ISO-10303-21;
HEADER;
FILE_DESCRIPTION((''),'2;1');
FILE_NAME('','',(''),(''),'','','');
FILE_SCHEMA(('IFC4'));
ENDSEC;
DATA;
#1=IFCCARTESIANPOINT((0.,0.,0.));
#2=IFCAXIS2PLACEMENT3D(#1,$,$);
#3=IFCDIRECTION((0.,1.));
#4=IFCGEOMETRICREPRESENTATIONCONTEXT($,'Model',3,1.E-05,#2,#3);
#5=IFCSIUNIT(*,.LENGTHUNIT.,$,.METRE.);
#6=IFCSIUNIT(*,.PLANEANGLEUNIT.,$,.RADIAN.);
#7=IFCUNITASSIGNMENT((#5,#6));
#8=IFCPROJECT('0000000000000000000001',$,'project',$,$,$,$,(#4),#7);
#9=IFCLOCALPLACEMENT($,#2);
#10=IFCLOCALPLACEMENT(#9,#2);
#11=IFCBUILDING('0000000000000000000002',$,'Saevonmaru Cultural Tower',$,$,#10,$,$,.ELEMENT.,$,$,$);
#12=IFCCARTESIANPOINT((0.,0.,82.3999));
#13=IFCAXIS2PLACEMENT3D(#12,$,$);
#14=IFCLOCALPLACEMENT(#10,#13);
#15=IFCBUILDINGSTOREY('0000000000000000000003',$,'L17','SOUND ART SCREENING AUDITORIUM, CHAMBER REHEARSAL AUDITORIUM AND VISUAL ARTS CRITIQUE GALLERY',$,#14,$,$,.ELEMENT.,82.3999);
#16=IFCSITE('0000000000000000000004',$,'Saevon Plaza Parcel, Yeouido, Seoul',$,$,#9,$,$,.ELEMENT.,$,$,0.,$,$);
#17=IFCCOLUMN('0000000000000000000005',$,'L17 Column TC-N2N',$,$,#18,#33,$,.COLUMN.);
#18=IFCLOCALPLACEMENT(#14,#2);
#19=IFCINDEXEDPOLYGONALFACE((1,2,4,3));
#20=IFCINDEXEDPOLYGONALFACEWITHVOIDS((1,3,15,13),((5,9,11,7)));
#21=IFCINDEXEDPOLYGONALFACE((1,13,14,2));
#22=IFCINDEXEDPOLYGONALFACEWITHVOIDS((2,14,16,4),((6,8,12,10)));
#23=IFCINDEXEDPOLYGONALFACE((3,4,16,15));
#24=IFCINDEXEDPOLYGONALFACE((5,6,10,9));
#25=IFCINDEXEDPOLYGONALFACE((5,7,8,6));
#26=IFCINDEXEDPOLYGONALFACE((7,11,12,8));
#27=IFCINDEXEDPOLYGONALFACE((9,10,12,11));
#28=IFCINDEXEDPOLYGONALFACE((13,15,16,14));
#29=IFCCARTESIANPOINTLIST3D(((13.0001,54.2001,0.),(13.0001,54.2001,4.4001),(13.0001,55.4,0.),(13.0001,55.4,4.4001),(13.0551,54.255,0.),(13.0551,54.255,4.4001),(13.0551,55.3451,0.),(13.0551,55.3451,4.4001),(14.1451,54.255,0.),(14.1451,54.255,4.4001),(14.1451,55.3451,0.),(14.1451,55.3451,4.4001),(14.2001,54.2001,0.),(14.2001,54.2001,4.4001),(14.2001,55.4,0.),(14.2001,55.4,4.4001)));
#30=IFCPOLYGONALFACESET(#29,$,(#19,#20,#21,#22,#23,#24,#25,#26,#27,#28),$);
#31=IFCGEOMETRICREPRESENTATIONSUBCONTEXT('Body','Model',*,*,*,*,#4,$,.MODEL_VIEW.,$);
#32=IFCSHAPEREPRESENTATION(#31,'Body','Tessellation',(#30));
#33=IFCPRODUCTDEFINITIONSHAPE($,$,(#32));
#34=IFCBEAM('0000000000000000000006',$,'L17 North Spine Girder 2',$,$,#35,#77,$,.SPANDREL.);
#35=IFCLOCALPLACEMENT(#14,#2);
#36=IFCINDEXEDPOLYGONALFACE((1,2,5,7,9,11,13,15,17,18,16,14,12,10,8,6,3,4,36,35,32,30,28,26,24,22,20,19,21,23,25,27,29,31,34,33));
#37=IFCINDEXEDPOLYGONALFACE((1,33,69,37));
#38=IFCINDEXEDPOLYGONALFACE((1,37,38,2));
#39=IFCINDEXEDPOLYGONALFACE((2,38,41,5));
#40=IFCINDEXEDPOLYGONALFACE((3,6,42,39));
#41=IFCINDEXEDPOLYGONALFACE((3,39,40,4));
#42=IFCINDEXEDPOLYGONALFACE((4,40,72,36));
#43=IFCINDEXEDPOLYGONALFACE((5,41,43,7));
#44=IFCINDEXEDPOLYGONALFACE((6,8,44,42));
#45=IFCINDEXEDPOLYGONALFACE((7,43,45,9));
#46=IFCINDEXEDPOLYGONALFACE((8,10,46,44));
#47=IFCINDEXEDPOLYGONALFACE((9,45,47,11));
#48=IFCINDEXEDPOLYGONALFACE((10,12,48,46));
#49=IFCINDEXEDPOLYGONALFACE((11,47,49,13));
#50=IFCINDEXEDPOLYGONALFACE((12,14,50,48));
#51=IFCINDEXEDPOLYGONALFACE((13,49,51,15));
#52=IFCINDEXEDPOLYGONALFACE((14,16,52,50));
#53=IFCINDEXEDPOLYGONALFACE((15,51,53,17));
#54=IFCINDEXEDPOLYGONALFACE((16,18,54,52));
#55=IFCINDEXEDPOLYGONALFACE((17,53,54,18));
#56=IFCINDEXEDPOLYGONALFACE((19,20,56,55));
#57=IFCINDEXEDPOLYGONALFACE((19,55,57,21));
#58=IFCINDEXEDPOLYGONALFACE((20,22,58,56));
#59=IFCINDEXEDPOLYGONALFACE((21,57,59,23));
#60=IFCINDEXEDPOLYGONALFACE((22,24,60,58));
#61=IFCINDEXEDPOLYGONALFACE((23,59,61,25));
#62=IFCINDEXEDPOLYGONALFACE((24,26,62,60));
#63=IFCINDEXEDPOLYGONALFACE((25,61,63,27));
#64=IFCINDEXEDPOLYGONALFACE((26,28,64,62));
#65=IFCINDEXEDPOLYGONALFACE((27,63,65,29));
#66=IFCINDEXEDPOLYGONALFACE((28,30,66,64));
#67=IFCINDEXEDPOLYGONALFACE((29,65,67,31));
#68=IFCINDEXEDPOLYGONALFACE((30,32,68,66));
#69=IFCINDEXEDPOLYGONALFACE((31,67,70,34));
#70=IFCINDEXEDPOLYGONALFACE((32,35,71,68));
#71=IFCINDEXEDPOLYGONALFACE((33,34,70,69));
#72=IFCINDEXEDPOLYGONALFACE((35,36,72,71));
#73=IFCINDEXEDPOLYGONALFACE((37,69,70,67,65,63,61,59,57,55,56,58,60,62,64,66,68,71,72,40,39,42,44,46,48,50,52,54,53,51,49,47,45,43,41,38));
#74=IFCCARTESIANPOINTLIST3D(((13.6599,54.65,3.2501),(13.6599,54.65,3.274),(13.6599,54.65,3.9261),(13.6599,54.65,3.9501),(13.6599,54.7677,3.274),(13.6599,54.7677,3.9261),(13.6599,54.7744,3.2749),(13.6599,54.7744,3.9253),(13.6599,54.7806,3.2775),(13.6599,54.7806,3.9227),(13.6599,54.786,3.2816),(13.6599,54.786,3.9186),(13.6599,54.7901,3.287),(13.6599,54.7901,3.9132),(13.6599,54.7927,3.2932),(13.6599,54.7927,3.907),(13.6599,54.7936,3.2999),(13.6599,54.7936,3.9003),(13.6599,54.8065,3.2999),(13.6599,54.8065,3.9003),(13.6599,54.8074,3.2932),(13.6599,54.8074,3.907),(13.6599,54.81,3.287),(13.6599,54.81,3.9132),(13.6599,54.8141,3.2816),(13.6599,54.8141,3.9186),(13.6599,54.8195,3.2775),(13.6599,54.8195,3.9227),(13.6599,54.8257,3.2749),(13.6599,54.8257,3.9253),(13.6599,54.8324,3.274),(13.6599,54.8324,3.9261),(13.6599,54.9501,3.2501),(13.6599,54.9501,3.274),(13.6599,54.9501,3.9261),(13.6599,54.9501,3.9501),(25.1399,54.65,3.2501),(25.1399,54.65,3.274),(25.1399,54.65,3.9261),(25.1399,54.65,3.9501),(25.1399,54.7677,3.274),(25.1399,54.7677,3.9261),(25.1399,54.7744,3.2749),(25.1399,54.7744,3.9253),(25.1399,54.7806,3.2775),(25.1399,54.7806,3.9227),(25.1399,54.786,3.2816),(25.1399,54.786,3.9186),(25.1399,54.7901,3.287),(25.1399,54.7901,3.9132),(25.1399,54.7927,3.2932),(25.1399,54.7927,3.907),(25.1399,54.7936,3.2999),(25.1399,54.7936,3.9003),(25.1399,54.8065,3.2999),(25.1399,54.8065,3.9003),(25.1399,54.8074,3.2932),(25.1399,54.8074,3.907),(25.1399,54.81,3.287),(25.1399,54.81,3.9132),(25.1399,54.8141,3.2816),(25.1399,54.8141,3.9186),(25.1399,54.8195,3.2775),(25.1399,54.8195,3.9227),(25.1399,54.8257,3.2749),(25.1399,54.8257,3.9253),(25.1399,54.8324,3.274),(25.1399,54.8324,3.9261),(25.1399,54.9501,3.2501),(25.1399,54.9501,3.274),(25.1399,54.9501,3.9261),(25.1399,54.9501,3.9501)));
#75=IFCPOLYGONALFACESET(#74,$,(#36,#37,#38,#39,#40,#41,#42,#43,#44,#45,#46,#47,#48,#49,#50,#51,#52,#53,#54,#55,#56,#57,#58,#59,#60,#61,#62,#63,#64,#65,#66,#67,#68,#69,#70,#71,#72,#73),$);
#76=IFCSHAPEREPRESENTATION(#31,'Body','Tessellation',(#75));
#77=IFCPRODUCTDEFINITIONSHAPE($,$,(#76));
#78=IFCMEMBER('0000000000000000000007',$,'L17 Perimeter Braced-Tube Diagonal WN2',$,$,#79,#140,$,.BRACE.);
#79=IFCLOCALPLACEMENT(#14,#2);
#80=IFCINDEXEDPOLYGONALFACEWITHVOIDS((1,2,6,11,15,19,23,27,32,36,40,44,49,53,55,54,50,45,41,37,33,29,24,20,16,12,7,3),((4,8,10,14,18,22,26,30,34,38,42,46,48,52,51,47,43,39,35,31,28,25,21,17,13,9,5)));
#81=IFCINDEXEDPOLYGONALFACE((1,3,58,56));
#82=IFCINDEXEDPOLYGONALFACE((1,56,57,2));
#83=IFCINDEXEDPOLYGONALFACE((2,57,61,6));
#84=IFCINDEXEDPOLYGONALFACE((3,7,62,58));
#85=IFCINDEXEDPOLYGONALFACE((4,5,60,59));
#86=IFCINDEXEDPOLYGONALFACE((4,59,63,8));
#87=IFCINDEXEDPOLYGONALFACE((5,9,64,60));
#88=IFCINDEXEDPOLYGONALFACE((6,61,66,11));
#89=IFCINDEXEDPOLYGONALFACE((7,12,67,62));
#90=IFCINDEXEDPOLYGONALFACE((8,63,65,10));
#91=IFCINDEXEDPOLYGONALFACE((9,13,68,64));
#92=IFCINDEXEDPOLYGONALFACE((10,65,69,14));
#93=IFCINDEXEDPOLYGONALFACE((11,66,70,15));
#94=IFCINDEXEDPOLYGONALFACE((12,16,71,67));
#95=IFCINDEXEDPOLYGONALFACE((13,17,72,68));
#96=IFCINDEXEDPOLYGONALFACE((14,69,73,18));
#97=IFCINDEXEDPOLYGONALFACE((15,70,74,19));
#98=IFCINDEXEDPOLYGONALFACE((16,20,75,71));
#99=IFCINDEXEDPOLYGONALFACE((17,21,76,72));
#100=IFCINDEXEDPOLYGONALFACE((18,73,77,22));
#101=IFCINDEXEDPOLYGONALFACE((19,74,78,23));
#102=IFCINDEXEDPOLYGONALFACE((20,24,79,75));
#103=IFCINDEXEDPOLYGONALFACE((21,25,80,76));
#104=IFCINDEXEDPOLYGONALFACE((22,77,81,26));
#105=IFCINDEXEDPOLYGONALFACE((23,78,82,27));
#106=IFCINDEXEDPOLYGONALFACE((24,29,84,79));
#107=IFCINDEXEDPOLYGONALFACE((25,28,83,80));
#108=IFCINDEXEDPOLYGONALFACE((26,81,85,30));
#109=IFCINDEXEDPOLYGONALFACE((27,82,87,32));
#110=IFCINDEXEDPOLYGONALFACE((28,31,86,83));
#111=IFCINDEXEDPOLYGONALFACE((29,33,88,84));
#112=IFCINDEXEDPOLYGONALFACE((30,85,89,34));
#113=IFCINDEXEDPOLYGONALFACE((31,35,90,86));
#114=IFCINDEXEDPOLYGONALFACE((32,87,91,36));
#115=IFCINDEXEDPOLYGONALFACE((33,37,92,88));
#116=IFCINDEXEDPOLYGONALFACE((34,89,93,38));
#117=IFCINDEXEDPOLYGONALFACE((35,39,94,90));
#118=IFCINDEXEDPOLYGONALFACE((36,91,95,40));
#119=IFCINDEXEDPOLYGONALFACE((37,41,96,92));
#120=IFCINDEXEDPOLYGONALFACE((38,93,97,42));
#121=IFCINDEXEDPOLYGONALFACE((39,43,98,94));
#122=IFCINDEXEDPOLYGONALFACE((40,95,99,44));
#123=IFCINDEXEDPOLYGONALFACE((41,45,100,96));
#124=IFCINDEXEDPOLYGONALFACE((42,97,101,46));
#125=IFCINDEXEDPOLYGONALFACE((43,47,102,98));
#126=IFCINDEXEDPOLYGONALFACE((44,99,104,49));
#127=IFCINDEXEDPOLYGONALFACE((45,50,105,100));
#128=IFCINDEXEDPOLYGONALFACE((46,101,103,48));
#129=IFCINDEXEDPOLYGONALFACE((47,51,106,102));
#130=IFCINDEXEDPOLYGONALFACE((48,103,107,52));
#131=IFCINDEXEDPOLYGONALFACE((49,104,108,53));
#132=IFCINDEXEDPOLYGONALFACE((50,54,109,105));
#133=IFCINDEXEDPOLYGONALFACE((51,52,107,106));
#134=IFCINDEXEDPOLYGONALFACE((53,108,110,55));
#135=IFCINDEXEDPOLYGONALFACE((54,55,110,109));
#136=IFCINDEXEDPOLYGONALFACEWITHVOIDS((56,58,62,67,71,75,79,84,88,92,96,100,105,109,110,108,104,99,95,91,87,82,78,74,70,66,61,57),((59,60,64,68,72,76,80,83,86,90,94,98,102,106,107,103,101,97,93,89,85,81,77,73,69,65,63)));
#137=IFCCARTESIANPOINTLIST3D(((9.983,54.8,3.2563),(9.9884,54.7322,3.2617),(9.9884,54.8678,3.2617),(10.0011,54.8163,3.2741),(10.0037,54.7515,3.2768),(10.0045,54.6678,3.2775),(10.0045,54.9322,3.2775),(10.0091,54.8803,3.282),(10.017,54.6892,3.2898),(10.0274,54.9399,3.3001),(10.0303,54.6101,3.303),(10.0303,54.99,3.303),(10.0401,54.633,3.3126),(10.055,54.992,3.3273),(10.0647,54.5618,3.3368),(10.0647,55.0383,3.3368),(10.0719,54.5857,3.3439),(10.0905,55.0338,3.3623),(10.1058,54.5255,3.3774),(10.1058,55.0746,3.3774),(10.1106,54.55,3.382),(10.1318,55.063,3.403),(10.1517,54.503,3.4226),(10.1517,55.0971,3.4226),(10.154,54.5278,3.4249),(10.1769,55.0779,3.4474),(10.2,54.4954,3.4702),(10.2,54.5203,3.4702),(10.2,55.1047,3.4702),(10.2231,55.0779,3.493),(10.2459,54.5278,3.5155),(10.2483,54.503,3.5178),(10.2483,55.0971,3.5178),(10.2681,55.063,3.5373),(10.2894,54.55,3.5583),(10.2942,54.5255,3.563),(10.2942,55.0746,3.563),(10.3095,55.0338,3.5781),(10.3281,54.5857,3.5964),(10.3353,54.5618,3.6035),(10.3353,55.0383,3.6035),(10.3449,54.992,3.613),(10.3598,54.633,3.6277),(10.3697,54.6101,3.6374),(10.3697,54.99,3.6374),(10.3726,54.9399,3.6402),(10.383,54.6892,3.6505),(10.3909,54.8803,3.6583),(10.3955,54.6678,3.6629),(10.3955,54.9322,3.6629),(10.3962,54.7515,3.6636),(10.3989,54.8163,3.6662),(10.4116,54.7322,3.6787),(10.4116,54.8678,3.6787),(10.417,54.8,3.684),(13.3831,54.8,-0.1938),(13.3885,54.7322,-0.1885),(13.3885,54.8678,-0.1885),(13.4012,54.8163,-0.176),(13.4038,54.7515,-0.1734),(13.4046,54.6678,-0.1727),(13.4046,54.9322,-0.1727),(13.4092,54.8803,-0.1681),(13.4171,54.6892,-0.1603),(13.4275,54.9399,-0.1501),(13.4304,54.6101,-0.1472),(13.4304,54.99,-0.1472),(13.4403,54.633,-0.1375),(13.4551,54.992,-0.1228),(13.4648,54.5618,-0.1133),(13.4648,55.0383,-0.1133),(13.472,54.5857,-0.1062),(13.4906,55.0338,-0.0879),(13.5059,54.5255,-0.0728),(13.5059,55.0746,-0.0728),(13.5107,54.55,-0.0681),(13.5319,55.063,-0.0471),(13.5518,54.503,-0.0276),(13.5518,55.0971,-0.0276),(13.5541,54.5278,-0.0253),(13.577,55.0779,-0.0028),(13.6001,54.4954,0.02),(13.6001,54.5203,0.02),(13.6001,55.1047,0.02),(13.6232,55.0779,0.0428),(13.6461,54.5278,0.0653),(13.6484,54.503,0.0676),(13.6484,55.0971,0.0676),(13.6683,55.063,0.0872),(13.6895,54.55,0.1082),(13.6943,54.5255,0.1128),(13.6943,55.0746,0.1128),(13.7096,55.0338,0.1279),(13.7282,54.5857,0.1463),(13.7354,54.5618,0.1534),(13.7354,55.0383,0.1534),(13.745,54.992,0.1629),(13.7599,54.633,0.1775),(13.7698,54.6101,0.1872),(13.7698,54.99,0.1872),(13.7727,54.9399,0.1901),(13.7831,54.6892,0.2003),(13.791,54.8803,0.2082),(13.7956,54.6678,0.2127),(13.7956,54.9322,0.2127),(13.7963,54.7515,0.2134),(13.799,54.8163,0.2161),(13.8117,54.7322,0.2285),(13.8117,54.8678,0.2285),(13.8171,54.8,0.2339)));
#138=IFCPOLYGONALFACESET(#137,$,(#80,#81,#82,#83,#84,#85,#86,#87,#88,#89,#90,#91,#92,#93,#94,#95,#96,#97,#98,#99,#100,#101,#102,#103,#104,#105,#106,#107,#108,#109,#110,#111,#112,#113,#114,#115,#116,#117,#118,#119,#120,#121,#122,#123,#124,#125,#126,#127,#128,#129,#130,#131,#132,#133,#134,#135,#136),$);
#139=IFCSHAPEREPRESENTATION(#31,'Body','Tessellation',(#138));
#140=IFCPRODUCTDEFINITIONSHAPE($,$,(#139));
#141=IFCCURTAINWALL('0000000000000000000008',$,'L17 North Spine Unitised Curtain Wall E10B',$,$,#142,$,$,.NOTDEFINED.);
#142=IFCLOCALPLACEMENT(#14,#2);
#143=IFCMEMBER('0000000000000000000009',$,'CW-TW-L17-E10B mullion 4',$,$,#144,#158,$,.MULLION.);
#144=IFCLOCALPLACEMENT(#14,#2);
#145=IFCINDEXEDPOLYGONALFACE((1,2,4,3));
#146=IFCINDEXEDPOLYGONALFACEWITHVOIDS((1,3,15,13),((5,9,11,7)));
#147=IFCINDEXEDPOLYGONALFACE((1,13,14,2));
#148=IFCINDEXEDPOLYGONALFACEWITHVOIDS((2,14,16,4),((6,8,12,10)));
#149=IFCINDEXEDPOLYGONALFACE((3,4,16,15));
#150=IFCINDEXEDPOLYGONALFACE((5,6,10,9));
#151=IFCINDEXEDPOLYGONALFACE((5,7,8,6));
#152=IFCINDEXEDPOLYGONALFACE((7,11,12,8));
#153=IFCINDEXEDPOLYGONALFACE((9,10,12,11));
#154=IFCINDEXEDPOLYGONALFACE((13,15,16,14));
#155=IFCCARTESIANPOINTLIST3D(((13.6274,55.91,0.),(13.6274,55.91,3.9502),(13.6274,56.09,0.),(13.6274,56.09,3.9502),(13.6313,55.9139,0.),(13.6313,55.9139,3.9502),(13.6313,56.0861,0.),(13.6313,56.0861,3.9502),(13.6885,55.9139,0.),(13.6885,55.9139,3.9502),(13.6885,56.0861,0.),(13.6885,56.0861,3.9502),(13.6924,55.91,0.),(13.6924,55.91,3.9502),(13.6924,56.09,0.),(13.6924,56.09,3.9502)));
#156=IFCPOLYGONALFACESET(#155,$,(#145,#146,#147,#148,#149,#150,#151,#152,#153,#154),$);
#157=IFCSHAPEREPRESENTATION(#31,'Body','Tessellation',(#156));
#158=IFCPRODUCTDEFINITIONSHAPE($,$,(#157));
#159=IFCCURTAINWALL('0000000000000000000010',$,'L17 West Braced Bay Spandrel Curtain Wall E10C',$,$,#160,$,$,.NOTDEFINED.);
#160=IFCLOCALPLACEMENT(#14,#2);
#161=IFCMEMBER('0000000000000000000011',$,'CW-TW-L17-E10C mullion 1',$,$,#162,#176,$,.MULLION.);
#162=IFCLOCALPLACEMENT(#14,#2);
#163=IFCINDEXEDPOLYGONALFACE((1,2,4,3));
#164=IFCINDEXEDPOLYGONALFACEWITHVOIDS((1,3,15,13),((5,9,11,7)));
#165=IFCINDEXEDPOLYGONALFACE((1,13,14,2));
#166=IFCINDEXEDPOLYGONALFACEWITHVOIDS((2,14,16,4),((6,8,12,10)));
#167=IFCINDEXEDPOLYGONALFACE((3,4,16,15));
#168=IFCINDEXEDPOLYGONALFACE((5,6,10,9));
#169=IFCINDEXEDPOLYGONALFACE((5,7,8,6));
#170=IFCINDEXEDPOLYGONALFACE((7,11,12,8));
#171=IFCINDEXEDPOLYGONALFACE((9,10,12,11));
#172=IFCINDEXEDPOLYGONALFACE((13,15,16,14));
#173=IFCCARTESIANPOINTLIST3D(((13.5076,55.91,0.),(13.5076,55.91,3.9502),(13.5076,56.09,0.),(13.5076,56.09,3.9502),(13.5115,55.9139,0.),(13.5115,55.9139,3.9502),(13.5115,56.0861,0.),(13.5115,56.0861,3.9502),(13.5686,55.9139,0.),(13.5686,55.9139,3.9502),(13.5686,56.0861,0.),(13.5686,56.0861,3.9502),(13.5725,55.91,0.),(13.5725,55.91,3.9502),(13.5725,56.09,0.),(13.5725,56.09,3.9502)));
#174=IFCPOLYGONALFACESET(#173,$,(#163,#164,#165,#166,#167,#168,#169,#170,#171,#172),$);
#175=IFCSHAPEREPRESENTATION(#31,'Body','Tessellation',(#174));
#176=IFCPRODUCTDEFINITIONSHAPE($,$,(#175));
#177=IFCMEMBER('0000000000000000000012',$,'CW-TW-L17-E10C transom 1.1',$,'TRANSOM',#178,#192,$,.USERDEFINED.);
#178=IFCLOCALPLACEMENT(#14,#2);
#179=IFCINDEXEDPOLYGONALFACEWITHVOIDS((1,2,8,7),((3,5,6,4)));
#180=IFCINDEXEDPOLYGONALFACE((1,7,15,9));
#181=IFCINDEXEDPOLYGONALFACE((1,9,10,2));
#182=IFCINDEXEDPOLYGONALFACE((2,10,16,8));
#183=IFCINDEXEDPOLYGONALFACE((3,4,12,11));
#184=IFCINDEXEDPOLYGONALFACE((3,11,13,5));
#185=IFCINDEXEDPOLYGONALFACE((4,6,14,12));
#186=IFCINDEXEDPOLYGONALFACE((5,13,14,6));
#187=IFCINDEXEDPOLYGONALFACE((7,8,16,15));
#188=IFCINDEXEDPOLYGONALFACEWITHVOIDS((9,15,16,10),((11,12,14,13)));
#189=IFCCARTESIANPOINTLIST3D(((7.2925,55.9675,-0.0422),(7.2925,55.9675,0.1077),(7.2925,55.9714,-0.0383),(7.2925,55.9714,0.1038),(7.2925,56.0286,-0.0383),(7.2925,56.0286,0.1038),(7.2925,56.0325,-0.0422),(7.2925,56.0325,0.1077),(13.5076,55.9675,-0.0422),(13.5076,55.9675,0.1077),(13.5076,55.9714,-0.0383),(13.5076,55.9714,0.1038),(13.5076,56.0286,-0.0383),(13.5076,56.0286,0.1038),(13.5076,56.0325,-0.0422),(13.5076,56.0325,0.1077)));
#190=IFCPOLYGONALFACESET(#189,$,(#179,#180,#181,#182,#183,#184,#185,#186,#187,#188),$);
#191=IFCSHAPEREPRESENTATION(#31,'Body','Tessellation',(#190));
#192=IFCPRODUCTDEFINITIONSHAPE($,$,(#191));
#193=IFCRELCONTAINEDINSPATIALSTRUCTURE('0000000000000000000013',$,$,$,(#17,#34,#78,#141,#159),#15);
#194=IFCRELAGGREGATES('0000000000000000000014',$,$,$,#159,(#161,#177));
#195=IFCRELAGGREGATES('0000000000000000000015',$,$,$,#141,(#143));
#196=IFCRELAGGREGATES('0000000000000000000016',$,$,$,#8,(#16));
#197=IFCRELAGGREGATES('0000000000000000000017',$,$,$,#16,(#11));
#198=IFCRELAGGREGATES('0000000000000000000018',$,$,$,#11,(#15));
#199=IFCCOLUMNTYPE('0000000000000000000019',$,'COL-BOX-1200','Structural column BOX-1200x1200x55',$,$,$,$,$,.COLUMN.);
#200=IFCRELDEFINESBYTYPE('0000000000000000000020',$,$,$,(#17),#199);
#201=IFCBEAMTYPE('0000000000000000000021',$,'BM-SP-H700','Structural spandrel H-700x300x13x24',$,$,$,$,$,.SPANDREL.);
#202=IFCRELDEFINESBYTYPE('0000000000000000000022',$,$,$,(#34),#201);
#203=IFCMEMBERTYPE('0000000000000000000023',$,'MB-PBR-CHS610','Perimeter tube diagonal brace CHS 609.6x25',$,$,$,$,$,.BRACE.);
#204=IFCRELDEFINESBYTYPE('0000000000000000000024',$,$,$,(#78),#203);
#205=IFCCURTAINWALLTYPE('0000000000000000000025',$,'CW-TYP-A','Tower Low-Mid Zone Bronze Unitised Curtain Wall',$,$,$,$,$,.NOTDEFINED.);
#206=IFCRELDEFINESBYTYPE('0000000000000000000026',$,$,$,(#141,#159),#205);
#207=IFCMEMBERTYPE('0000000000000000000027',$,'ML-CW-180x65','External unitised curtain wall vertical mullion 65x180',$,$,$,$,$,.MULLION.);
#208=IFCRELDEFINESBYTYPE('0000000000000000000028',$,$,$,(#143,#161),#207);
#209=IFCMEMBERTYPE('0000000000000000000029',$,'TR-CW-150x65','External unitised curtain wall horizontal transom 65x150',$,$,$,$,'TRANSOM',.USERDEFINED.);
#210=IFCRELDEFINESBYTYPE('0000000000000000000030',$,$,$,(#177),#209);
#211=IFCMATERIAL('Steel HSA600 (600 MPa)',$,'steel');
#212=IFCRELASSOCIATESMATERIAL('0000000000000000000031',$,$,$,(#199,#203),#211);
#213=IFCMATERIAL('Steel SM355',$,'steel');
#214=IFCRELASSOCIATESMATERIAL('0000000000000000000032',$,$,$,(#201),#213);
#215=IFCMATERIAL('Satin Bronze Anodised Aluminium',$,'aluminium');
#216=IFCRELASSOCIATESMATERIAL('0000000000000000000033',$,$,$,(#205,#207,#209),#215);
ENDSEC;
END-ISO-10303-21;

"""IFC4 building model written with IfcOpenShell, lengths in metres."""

from ifc_helpers import new_model, si_unit, direction, frame, origin, origin_2d, place, context, subcontext, project, spatial, hollow_rectangle, hollow_circle, i_section, extrude, material, material_profile, profile_set, type_object, element, aggregate, save


model = new_model("IFC4")

# Units and contexts
model_context = context("Model", 3, precision=1e-05, world=origin(), true_north=direction((0.0, 1.0)))
body_context = subcontext(model_context, "Body", "Model", "MODEL_VIEW")
ifc_project = project(units=[si_unit("LENGTHUNIT", "METRE"), si_unit("PLANEANGLEUNIT", "RADIAN")], contexts=[model_context])

# Site, building, storey
site_placement = place(None, origin())
site = spatial("IfcSite", under=ifc_project, at=site_placement, Name="Saevon Plaza Parcel, Yeouido, Seoul", CompositionType="ELEMENT", RefElevation=0.0)
building_placement = place(site_placement, origin())
building = spatial("IfcBuilding", under=site, at=building_placement, Name="Saevonmaru Cultural Tower", CompositionType="ELEMENT")
storey_placement = place(building_placement, frame((0.0, 0.0, 82.3999)))
storey = spatial("IfcBuildingStorey", under=building, at=storey_placement, Name="L17", Description="SOUND ART SCREENING AUDITORIUM, CHAMBER REHEARSAL AUDITORIUM AND VISUAL ARTS CRITIQUE GALLERY", CompositionType="ELEMENT", Elevation=82.3999)

# Column
ifc_material_1 = material(Name="Steel HSA600 (600 MPa)", Category="steel")
ifc_material_profile_1 = material_profile(ifc_material_1, hollow_rectangle(XDim=1.2, YDim=1.2, WallThickness=0.0549, at=origin_2d()), Name="BOX-1200x1200x55")
ifc_profile_set_1 = profile_set([ifc_material_profile_1], Name="Steel HSA600 (600 MPa)")
column_type = type_object("IfcColumnType", Name="COL-BOX-1200", Description="Structural column BOX-1200x1200x55", PredefinedType="COLUMN", material=ifc_profile_set_1)
column_placement = place(storey_placement, frame((13.6001, 54.8, 0.0), z_axis=(0.0, 0.0, 1.0), x_axis=(1.0, 0.0, 0.0)))
element("IfcColumn", 1, at=column_placement, inside=storey, type_object=column_type, Name="L17 Column TC-N2N", PredefinedType="COLUMN", context=body_context, shape_type="SweptSolid", body=[
    extrude(hollow_rectangle(XDim=1.2, YDim=1.2, WallThickness=0.0549, at=origin_2d()), origin(), (0.0, 0.0, 1.0), 4.4001),
])

# Beam
ifc_material_2 = material(Name="Steel SM355", Category="steel")
ifc_material_profile_2 = material_profile(ifc_material_2, i_section(OverallWidth=0.3, OverallDepth=0.7, WebThickness=0.0129, FlangeThickness=0.0239, FilletRadius=0.0259, at=origin_2d()), Name="H-700x300x13x24")
ifc_profile_set_2 = profile_set([ifc_material_profile_2], Name="Steel SM355")
beam_type = type_object("IfcBeamType", Name="BM-SP-H700", Description="Structural spandrel H-700x300x13x24", PredefinedType="SPANDREL", material=ifc_profile_set_2)
beam_placement = place(storey_placement, frame((13.6599, 54.8, 3.6001), z_axis=(1.0, 0.0, 0.0), x_axis=(0.0, 1.0, 0.0)))
element("IfcBeam", 2, at=beam_placement, inside=storey, type_object=beam_type, Name="L17 North Spine Girder 2", PredefinedType="SPANDREL", context=body_context, shape_type="SweptSolid", body=[
    extrude(i_section(OverallWidth=0.3, OverallDepth=0.7, WebThickness=0.0129, FlangeThickness=0.0239, FilletRadius=0.0259, at=origin_2d()), origin(), (0.0, 0.0, 1.0), 11.48),
])

# Member
ifc_material_profile_3 = material_profile(ifc_material_1, hollow_circle(Radius=0.3047, WallThickness=0.0249, at=origin_2d()), Name="CHS-609.6x25")
ifc_profile_set_3 = profile_set([ifc_material_profile_3], Name="Steel HSA600 (600 MPa)")
member_type_1 = type_object("IfcMemberType", Name="MB-PBR-CHS610", Description="Perimeter tube diagonal brace CHS 609.6x25", PredefinedType="BRACE", material=ifc_profile_set_3)
member_1_placement = place(storey_placement, frame((13.6001, 54.8, 0.02), z_axis=(-0.701922, 0.0, 0.712254), x_axis=(0.0, -1.0, 0.0)))
element("IfcMember", 3, at=member_1_placement, inside=storey, type_object=member_type_1, Name="L17 Perimeter Braced-Tube Diagonal WN2", PredefinedType="BRACE", context=body_context, shape_type="SweptSolid", body=[
    extrude(hollow_circle(Radius=0.3047, WallThickness=0.0249, at=origin_2d()), origin(), (0.0, 0.0, 1.0), 4.844),
])

# Curtain wall, member
ifc_material_3 = material(Name="Satin Bronze Anodised Aluminium", Category="aluminium")
curtain_wall_type = type_object("IfcCurtainWallType", Name="CW-TYP-A", Description="Tower Low-Mid Zone Bronze Unitised Curtain Wall", PredefinedType="NOTDEFINED", material=ifc_material_3)
curtain_wall_1_placement = place(storey_placement, origin())
curtain_wall_1 = element("IfcCurtainWall", 4, at=curtain_wall_1_placement, inside=storey, type_object=curtain_wall_type, Name="L17 North Spine Unitised Curtain Wall E10B", PredefinedType="NOTDEFINED")
ifc_material_profile_4 = material_profile(ifc_material_3, hollow_rectangle(XDim=0.0649, YDim=0.1799, WallThickness=0.0039, at=origin_2d()), Name="ALU-MULL-180x65x4")
ifc_profile_set_4 = profile_set([ifc_material_profile_4], Name="Satin Bronze Anodised Aluminium")
member_type_2 = type_object("IfcMemberType", Name="ML-CW-180x65", Description="External unitised curtain wall vertical mullion 65x180", PredefinedType="MULLION", material=ifc_profile_set_4)
member_2_placement = place(storey_placement, frame((13.6599, 56.0, 0.0), z_axis=(0.0, 0.0, 1.0), x_axis=(-1.0, 0.0, 0.0)))
member_2 = element("IfcMember", 5, at=member_2_placement, type_object=member_type_2, Name="CW-TW-L17-E10B mullion 4", PredefinedType="MULLION", context=body_context, shape_type="SweptSolid", body=[
    extrude(hollow_rectangle(XDim=0.0649, YDim=0.1799, WallThickness=0.0039, at=origin_2d()), origin(), (0.0, 0.0, 1.0), 3.9502),
])

# Curtain wall, members
curtain_wall_2_placement = place(storey_placement, origin())
curtain_wall_2 = element("IfcCurtainWall", 6, at=curtain_wall_2_placement, inside=storey, type_object=curtain_wall_type, Name="L17 West Braced Bay Spandrel Curtain Wall E10C", PredefinedType="NOTDEFINED")
member_3_placement = place(storey_placement, frame((13.54, 56.0, 0.0), z_axis=(0.0, 0.0, 1.0), x_axis=(-1.0, 0.0, 0.0)))
member_3 = element("IfcMember", 7, at=member_3_placement, type_object=member_type_2, Name="CW-TW-L17-E10C mullion 1", PredefinedType="MULLION", context=body_context, shape_type="SweptSolid", body=[
    extrude(hollow_rectangle(XDim=0.0649, YDim=0.1799, WallThickness=0.0039, at=origin_2d()), origin(), (0.0, 0.0, 1.0), 3.9502),
])
ifc_material_profile_5 = material_profile(ifc_material_3, hollow_rectangle(XDim=0.0649, YDim=0.1499, WallThickness=0.0039, at=origin_2d()), Name="ALU-TRAN-150x65x4")
ifc_profile_set_5 = profile_set([ifc_material_profile_5], Name="Satin Bronze Anodised Aluminium")
member_type_3 = type_object("IfcMemberType", Name="TR-CW-150x65", Description="External unitised curtain wall horizontal transom 65x150", ElementType="TRANSOM", PredefinedType="USERDEFINED", material=ifc_profile_set_5)
member_4_placement = place(storey_placement, frame((13.5076, 56.0, 0.0327), z_axis=(-1.0, 0.0, 0.0), x_axis=(0.0, -1.0, 0.0)))
member_4 = element("IfcMember", 8, at=member_4_placement, type_object=member_type_3, Name="CW-TW-L17-E10C transom 1.1", ObjectType="TRANSOM", PredefinedType="USERDEFINED", context=body_context, shape_type="SweptSolid", body=[
    extrude(hollow_rectangle(XDim=0.0649, YDim=0.1499, WallThickness=0.0039, at=origin_2d()), origin(), (0.0, 0.0, 1.0), 6.2151),
])
aggregate(curtain_wall_2, [member_3, member_4])

aggregate(curtain_wall_1, [member_2])

save(model, "model.ifc")
